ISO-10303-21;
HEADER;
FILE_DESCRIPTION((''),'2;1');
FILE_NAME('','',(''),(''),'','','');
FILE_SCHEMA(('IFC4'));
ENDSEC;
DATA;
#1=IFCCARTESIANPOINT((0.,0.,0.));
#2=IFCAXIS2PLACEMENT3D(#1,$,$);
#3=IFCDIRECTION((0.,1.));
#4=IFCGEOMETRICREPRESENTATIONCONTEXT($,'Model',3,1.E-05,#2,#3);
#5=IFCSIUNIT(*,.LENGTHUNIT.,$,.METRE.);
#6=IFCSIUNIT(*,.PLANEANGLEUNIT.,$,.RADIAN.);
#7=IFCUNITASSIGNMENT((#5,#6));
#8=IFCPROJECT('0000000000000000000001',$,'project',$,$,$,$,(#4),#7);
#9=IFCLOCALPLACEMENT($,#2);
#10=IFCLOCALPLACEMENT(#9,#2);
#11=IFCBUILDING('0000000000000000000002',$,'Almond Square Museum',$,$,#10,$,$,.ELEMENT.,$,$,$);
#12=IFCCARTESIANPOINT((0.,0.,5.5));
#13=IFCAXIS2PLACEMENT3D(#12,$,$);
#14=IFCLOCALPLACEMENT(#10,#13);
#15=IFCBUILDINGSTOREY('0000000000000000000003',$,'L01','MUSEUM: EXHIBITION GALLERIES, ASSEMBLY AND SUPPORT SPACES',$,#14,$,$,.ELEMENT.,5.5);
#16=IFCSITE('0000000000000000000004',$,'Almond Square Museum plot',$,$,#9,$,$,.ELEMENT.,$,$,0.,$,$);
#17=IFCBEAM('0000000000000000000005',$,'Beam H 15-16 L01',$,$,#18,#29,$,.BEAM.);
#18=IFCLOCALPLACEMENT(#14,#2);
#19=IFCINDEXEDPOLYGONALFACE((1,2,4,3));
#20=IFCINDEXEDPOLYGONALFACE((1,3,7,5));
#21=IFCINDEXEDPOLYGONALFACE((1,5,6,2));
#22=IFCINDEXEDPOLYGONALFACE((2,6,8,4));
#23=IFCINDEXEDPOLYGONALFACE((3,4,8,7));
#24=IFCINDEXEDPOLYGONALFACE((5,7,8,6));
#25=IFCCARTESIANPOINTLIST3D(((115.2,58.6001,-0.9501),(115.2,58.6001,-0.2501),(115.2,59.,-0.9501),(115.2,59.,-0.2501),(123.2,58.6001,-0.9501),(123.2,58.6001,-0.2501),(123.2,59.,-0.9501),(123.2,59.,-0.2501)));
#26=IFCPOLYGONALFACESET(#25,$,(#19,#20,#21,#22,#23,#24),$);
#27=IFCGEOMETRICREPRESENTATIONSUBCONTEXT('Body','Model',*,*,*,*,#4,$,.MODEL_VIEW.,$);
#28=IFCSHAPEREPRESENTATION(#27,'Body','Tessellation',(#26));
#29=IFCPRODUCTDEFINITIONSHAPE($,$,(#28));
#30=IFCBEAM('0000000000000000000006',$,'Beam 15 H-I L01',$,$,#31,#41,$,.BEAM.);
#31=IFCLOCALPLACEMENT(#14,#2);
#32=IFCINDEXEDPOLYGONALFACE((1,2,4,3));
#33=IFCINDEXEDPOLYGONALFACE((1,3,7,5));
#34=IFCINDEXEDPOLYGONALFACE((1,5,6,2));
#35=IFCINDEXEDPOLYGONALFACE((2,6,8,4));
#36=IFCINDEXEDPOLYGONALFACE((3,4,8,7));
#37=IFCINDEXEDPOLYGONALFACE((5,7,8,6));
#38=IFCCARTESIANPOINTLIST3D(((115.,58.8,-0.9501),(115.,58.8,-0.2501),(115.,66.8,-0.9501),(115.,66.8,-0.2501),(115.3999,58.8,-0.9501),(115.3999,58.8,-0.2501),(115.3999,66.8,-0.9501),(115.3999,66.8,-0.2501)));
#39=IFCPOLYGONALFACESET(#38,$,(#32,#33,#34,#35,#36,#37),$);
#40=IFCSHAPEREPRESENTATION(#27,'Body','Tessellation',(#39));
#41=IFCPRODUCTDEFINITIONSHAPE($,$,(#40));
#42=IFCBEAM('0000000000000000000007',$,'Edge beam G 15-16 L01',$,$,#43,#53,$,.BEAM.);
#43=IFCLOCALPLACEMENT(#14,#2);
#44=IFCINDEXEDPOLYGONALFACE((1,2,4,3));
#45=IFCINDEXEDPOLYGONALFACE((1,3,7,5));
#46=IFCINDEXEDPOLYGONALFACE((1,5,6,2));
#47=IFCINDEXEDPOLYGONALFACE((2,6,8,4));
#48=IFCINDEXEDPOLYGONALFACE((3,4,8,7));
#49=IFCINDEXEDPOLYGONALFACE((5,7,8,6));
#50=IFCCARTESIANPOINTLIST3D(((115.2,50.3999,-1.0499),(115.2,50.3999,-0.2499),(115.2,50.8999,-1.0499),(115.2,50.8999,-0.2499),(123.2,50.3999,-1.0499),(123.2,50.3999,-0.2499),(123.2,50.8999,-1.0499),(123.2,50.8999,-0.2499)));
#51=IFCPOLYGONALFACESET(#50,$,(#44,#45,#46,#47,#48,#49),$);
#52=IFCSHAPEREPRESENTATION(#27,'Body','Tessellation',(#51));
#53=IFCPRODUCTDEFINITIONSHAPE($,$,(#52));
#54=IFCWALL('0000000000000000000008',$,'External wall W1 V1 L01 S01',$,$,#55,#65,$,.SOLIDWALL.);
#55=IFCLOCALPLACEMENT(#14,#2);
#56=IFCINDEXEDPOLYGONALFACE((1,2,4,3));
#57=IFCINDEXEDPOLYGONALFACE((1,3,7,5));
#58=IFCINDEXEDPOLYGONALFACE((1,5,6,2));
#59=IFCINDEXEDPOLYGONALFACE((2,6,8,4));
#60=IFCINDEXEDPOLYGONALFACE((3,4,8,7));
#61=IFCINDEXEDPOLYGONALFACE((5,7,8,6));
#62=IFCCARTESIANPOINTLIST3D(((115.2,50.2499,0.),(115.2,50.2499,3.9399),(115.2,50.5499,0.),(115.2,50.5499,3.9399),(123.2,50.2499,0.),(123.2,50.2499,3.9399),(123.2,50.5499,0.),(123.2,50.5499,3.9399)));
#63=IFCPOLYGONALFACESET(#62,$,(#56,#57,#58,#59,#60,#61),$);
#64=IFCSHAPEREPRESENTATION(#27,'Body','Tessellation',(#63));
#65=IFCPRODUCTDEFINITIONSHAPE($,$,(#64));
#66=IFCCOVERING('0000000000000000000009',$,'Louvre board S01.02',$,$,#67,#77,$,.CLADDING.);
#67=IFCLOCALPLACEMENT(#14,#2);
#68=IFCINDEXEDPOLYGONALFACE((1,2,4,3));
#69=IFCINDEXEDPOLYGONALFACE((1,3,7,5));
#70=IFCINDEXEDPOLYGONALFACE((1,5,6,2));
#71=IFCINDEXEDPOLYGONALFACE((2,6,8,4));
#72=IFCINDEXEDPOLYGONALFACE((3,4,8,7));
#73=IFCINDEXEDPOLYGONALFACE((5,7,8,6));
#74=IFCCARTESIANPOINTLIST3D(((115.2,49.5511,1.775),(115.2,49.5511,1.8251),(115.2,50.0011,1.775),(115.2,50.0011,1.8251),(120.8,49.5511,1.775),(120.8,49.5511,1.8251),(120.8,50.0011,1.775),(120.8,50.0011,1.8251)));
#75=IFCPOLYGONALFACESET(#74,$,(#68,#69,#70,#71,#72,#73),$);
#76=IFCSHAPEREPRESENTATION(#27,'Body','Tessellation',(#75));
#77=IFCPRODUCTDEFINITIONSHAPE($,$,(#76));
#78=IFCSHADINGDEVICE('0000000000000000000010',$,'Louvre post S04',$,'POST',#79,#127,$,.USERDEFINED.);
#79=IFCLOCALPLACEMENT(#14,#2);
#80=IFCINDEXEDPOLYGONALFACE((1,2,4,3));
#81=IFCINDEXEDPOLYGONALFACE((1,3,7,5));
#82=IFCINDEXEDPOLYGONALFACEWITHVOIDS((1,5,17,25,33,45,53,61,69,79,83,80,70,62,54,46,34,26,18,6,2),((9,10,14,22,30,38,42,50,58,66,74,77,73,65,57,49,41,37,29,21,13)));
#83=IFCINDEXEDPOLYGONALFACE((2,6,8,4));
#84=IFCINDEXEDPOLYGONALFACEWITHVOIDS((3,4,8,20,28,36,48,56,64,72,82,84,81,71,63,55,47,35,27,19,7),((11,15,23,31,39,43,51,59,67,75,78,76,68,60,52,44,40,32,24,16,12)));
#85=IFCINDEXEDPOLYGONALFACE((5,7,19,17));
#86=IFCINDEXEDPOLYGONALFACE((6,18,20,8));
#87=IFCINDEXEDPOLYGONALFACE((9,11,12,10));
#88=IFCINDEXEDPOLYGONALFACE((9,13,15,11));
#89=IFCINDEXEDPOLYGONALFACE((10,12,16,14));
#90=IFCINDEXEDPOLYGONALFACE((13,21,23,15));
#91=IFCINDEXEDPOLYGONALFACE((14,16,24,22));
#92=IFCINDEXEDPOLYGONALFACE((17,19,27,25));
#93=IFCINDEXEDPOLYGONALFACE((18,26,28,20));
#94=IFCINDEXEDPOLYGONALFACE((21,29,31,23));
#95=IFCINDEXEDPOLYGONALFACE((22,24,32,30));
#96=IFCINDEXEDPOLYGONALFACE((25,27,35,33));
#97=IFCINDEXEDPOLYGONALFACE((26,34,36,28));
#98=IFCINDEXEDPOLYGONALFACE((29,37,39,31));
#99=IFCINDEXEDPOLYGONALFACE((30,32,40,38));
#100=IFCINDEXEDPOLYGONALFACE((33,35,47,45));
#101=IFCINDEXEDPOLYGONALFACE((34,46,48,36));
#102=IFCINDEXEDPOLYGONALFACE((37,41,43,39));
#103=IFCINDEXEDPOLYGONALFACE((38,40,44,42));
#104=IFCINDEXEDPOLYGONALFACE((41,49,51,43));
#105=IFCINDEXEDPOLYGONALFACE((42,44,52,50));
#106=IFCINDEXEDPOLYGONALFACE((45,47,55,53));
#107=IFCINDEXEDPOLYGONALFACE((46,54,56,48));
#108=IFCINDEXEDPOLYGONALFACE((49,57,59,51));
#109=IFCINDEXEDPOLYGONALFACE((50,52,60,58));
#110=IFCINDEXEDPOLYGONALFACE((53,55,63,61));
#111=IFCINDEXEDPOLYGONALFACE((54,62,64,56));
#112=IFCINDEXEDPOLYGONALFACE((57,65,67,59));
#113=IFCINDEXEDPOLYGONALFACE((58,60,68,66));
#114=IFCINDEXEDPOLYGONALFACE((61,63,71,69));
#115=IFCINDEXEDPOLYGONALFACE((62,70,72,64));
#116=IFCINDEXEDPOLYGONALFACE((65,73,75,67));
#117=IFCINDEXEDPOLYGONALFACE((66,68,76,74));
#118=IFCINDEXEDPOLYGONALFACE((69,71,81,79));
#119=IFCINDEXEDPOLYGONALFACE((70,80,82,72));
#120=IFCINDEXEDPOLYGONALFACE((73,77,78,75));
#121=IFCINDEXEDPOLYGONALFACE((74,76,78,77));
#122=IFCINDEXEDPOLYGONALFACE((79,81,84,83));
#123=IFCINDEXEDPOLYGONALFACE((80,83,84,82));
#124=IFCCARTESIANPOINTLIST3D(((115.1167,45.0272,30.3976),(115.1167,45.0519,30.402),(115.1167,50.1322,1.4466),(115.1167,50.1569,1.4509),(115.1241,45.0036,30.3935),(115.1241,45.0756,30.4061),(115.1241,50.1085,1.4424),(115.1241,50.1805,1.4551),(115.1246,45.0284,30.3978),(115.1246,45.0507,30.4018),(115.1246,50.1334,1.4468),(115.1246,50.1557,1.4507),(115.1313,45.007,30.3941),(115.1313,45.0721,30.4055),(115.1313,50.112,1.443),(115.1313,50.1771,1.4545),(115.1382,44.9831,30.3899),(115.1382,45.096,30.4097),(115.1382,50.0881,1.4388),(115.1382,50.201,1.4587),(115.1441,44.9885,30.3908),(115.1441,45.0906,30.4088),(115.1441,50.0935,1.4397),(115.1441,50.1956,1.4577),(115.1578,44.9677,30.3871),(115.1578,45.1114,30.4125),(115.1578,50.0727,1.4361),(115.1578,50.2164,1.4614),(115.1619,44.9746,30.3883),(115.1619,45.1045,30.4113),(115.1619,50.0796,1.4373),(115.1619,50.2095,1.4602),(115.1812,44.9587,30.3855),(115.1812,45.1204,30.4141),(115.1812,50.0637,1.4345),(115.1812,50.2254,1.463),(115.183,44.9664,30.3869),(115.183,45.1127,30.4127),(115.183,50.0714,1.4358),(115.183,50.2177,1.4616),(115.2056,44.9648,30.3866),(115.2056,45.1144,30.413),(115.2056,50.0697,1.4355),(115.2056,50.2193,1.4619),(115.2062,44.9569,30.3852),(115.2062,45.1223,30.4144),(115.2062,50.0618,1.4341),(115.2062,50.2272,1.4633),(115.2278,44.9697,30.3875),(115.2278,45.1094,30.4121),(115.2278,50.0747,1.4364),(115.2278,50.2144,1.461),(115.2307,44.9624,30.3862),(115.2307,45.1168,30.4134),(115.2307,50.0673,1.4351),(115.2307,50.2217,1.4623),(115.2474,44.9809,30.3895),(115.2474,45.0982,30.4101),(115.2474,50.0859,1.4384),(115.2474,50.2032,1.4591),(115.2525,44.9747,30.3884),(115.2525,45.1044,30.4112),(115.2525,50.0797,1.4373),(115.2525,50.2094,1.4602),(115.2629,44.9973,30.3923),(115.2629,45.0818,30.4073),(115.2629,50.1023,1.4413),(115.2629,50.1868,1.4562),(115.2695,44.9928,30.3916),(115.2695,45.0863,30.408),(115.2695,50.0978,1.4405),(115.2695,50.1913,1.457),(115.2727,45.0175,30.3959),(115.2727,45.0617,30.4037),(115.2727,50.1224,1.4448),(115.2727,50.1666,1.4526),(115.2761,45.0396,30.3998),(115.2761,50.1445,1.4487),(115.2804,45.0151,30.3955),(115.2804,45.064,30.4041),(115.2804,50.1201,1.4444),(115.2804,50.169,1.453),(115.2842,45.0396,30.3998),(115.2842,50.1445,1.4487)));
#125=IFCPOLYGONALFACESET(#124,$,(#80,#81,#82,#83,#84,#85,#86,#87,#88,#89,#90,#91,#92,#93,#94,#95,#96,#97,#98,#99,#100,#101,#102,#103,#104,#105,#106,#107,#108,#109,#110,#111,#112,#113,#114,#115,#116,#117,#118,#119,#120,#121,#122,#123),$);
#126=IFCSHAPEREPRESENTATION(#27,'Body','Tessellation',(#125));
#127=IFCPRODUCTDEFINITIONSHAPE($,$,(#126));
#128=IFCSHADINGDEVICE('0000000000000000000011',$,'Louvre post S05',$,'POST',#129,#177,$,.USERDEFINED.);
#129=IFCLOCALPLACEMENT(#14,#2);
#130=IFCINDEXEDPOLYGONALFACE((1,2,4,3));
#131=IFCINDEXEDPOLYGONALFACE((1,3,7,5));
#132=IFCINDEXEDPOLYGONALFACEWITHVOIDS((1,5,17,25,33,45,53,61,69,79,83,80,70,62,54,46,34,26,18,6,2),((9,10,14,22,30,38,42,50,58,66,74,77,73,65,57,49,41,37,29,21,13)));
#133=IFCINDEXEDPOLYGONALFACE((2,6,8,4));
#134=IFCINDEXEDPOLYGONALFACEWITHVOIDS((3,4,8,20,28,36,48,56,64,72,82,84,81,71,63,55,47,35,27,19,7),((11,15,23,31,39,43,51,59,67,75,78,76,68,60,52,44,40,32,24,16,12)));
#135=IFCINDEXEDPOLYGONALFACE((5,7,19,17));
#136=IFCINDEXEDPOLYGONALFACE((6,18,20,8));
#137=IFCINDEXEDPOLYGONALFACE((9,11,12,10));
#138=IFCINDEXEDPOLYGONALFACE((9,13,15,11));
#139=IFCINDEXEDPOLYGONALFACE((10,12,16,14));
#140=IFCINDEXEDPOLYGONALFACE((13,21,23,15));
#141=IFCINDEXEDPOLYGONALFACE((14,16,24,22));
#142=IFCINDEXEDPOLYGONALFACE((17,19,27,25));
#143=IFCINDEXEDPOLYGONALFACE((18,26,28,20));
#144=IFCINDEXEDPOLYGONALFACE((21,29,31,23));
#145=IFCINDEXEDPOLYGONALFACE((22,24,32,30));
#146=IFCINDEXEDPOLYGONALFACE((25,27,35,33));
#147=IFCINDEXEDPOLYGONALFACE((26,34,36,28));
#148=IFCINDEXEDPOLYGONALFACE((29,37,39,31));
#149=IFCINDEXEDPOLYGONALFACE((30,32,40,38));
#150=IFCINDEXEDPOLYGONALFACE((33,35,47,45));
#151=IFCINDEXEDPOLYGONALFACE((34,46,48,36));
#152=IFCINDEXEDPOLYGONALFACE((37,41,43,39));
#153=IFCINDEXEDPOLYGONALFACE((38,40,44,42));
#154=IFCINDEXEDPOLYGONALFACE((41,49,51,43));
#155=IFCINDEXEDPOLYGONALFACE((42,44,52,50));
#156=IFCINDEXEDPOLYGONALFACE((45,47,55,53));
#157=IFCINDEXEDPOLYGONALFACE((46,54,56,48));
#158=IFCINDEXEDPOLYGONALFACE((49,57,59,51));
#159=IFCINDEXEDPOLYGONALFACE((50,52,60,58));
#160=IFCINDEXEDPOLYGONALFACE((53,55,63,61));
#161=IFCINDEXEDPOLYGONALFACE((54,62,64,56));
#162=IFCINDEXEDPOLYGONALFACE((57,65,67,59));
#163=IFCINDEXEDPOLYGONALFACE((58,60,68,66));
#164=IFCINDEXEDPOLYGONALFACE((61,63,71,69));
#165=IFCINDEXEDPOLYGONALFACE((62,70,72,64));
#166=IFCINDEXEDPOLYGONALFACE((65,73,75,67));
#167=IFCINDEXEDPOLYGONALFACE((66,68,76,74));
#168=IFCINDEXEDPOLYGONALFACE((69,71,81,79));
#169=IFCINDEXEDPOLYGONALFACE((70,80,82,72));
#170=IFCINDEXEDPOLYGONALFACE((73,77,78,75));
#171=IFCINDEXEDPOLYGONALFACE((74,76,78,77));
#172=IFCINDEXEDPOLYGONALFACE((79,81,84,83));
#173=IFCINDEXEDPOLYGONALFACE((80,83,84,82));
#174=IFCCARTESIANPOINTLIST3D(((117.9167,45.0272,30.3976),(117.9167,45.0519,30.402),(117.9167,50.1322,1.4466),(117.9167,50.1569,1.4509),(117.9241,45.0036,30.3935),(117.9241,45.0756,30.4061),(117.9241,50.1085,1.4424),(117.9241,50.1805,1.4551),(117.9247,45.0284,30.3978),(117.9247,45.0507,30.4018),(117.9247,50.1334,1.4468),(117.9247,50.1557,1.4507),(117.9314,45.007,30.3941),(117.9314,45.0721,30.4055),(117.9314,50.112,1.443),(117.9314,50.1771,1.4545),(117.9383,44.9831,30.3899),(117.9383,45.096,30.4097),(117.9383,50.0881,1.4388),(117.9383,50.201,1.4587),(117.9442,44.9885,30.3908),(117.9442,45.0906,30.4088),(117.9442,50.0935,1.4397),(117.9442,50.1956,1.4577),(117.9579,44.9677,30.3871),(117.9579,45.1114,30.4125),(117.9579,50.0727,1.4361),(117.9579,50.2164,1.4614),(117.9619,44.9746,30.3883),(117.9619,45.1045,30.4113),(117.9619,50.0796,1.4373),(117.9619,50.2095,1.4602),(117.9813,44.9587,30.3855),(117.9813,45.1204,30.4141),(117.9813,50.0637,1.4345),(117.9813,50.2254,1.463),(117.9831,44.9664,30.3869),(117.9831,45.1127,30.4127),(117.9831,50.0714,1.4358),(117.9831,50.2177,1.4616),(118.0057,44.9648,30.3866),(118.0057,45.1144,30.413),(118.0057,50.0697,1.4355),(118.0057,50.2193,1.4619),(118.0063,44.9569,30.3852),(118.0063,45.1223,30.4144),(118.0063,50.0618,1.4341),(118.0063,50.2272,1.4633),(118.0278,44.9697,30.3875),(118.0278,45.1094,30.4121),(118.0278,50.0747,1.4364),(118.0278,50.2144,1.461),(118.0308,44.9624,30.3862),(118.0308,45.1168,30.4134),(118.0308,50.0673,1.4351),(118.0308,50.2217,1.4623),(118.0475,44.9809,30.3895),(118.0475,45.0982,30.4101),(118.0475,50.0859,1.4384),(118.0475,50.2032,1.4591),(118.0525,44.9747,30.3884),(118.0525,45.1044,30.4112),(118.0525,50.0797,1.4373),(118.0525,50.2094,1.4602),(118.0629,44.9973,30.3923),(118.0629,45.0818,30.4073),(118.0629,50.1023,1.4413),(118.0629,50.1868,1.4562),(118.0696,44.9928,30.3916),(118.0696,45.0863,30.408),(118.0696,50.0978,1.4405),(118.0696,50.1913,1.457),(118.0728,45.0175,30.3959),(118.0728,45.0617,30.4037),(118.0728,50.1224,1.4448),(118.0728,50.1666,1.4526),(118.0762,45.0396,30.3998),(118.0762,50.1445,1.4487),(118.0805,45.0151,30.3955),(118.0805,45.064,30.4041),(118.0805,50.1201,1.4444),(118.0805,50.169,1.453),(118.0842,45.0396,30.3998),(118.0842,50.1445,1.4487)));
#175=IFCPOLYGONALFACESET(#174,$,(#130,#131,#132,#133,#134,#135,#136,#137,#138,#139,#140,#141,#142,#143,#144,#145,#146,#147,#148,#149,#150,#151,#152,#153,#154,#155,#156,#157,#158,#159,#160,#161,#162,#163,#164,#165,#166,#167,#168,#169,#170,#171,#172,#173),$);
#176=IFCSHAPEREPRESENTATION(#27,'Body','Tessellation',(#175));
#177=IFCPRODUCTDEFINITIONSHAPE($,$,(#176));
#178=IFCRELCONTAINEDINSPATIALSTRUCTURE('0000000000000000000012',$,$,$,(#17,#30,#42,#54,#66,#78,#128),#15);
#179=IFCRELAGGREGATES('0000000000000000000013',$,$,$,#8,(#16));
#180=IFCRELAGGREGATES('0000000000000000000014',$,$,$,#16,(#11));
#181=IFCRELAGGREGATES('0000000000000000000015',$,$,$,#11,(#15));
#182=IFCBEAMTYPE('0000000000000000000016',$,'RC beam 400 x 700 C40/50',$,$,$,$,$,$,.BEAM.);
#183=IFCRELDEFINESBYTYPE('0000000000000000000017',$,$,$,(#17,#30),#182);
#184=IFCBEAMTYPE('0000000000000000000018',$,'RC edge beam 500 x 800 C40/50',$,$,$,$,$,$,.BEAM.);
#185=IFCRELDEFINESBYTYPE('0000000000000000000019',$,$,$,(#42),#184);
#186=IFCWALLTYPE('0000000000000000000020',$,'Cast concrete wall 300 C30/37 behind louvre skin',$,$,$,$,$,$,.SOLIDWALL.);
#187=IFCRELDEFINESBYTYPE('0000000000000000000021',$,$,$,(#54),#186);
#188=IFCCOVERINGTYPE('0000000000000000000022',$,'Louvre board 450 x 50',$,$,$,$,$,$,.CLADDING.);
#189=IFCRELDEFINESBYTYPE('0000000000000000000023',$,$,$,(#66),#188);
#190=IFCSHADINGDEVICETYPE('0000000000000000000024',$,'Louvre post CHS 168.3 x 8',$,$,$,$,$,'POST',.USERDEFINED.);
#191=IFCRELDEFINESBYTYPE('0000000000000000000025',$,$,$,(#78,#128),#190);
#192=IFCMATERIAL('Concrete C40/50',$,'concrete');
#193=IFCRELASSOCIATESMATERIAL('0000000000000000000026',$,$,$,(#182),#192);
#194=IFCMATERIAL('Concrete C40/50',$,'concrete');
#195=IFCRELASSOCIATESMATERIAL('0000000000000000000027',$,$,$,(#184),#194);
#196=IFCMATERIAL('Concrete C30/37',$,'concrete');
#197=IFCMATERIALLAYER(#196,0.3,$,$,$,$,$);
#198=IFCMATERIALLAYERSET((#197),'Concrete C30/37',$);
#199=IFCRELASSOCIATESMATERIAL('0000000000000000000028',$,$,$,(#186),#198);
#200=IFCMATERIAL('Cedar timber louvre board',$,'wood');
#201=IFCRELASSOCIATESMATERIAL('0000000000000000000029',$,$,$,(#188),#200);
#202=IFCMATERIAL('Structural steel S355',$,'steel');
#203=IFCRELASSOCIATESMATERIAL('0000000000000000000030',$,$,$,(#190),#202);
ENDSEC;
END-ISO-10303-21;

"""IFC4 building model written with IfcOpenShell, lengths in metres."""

from ifc_helpers import new_model, si_unit, direction, frame, frame_2d, origin, origin_2d, place, context, subcontext, project, spatial, rectangle, hollow_circle, extrude, material, layer, layer_set, material_profile, profile_set, type_object, element, save


model = new_model("IFC4")

# Units and contexts
model_context = context("Model", 3, precision=1e-05, world=origin(), true_north=direction((0.0, 1.0)))
body_context = subcontext(model_context, "Body", "Model", "MODEL_VIEW")
ifc_project = project(units=[si_unit("LENGTHUNIT", "METRE"), si_unit("PLANEANGLEUNIT", "RADIAN")], contexts=[model_context])

# Site, building, storey
site_placement = place(None, origin())
site = spatial("IfcSite", under=ifc_project, at=site_placement, Name="Almond Square Museum plot", CompositionType="ELEMENT", RefElevation=0.0)
building_placement = place(site_placement, origin())
building = spatial("IfcBuilding", under=site, at=building_placement, Name="Almond Square Museum", CompositionType="ELEMENT")
storey_placement = place(building_placement, frame((0.0, 0.0, 5.5)))
storey = spatial("IfcBuildingStorey", under=building, at=storey_placement, Name="L01", Description="MUSEUM: EXHIBITION GALLERIES, ASSEMBLY AND SUPPORT SPACES", CompositionType="ELEMENT", Elevation=5.5)

# Beams
ifc_material_1 = material(Name="Concrete C40/50", Category="concrete")
ifc_material_profile_1 = material_profile(ifc_material_1, rectangle(XDim=0.3999, YDim=0.7, at=origin_2d()))
ifc_profile_set_1 = profile_set([ifc_material_profile_1], Name="Concrete C40/50")
beam_type_1 = type_object("IfcBeamType", Name="RC beam 400 x 700 C40/50", PredefinedType="BEAM", material=ifc_profile_set_1)
for number, where, z_axis, x_axis, name in (
    (1, (115.2, 58.8, -0.6001), (1.0, 0.0, 0.0), (0.0, 1.0, 0.0), "Beam H 15-16 L01"),
    (2, (115.2, 58.8, -0.6001), (0.0, 1.0, 0.0), (-1.0, 0.0, 0.0), "Beam 15 H-I L01"),
):
    element("IfcBeam", number, at=place(storey_placement, frame(where, z_axis=z_axis, x_axis=x_axis)), inside=storey, type_object=beam_type_1, Name=name, PredefinedType="BEAM", context=body_context, shape_type="SweptSolid", body=[
        extrude(rectangle(XDim=0.3999, YDim=0.7, at=origin_2d()), origin(), (0.0, 0.0, 1.0), 8.0),
    ])
ifc_material_2 = material(Name="Concrete C40/50", Category="concrete")
ifc_material_profile_2 = material_profile(ifc_material_2, rectangle(XDim=0.5, YDim=0.8, at=origin_2d()))
ifc_profile_set_2 = profile_set([ifc_material_profile_2], Name="Concrete C40/50")
beam_type_2 = type_object("IfcBeamType", Name="RC edge beam 500 x 800 C40/50", PredefinedType="BEAM", material=ifc_profile_set_2)
beam_placement = place(storey_placement, frame((115.2, 50.6499, -0.6499), z_axis=(1.0, 0.0, 0.0), x_axis=(0.0, 1.0, 0.0)))
element("IfcBeam", 3, at=beam_placement, inside=storey, type_object=beam_type_2, Name="Edge beam G 15-16 L01", PredefinedType="BEAM", context=body_context, shape_type="SweptSolid", body=[
    extrude(rectangle(XDim=0.5, YDim=0.8, at=origin_2d()), origin(), (0.0, 0.0, 1.0), 8.0),
])

# Wall
ifc_material_3 = material(Name="Concrete C30/37", Category="concrete")
ifc_layer_1 = layer(ifc_material_3, 0.3)
ifc_layer_set_1 = layer_set([ifc_layer_1], Name="Concrete C30/37")
wall_type = type_object("IfcWallType", Name="Cast concrete wall 300 C30/37 behind louvre skin", PredefinedType="SOLIDWALL", material=ifc_layer_set_1)
wall_placement = place(storey_placement, frame((115.2, 50.3999, 0.0), z_axis=(0.0, 0.0, 1.0), x_axis=(1.0, 0.0, 0.0)))
element("IfcWall", 4, at=wall_placement, inside=storey, type_object=wall_type, Name="External wall W1 V1 L01 S01", PredefinedType="SOLIDWALL", context=body_context, shape_type="SweptSolid", body=[
    extrude(rectangle(XDim=8.0, YDim=0.3, at=frame_2d((4.0, 0.0))), origin(), (0.0, 0.0, 1.0), 3.9399),
])

# Covering
ifc_material_4 = material(Name="Cedar timber louvre board", Category="wood")
ifc_material_profile_3 = material_profile(ifc_material_4, rectangle(XDim=0.45, YDim=0.05, at=origin_2d()))
ifc_profile_set_3 = profile_set([ifc_material_profile_3], Name="Cedar timber louvre board")
covering_type_1 = type_object("IfcCoveringType", Name="Louvre board 450 x 50", PredefinedType="CLADDING", material=ifc_profile_set_3)
covering_1_placement = place(storey_placement, frame((115.2, 49.7761, 1.8), z_axis=(1.0, 0.0, 0.0), x_axis=(0.0, 1.0, 0.0)))
element("IfcCovering", 5, at=covering_1_placement, inside=storey, type_object=covering_type_1, Name="Louvre board S01.02", PredefinedType="CLADDING", context=body_context, shape_type="SweptSolid", body=[
    extrude(rectangle(XDim=0.45, YDim=0.05, at=origin_2d()), origin(), (0.0, 0.0, 1.0), 5.6001),
])

# Shading devices
ifc_material_5 = material(Name="Structural steel S355", Category="steel")
ifc_material_profile_4 = material_profile(ifc_material_5, hollow_circle(Radius=0.0842, WallThickness=0.0081, at=origin_2d()))
ifc_profile_set_4 = profile_set([ifc_material_profile_4], Name="Structural steel S355")
shading_device_type = type_object("IfcShadingDeviceType", Name="Louvre post CHS 168.3 x 8", ElementType="POST", PredefinedType="USERDEFINED", material=ifc_profile_set_4)
for number, where, z_axis, x_axis, name in (
    (6, (115.2, 50.1445, 1.4487), (0.0, -0.173652, 0.984807), (1.0, 0.0, 0.0), "Louvre post S04"),
    (7, (118.0, 50.1445, 1.4487), (0.0, -0.173652, 0.984807), (1.0, 0.0, 0.0), "Louvre post S05"),
):
    element("IfcShadingDevice", number, at=place(storey_placement, frame(where, z_axis=z_axis, x_axis=x_axis)), inside=storey, type_object=shading_device_type, Name=name, ObjectType="POST", PredefinedType="USERDEFINED", context=body_context, shape_type="SweptSolid", body=[
        extrude(hollow_circle(Radius=0.0842, WallThickness=0.0081, at=origin_2d()), origin(), (0.0, 0.0, 1.0), 29.3977),
    ])

save(model, "model.ifc")
